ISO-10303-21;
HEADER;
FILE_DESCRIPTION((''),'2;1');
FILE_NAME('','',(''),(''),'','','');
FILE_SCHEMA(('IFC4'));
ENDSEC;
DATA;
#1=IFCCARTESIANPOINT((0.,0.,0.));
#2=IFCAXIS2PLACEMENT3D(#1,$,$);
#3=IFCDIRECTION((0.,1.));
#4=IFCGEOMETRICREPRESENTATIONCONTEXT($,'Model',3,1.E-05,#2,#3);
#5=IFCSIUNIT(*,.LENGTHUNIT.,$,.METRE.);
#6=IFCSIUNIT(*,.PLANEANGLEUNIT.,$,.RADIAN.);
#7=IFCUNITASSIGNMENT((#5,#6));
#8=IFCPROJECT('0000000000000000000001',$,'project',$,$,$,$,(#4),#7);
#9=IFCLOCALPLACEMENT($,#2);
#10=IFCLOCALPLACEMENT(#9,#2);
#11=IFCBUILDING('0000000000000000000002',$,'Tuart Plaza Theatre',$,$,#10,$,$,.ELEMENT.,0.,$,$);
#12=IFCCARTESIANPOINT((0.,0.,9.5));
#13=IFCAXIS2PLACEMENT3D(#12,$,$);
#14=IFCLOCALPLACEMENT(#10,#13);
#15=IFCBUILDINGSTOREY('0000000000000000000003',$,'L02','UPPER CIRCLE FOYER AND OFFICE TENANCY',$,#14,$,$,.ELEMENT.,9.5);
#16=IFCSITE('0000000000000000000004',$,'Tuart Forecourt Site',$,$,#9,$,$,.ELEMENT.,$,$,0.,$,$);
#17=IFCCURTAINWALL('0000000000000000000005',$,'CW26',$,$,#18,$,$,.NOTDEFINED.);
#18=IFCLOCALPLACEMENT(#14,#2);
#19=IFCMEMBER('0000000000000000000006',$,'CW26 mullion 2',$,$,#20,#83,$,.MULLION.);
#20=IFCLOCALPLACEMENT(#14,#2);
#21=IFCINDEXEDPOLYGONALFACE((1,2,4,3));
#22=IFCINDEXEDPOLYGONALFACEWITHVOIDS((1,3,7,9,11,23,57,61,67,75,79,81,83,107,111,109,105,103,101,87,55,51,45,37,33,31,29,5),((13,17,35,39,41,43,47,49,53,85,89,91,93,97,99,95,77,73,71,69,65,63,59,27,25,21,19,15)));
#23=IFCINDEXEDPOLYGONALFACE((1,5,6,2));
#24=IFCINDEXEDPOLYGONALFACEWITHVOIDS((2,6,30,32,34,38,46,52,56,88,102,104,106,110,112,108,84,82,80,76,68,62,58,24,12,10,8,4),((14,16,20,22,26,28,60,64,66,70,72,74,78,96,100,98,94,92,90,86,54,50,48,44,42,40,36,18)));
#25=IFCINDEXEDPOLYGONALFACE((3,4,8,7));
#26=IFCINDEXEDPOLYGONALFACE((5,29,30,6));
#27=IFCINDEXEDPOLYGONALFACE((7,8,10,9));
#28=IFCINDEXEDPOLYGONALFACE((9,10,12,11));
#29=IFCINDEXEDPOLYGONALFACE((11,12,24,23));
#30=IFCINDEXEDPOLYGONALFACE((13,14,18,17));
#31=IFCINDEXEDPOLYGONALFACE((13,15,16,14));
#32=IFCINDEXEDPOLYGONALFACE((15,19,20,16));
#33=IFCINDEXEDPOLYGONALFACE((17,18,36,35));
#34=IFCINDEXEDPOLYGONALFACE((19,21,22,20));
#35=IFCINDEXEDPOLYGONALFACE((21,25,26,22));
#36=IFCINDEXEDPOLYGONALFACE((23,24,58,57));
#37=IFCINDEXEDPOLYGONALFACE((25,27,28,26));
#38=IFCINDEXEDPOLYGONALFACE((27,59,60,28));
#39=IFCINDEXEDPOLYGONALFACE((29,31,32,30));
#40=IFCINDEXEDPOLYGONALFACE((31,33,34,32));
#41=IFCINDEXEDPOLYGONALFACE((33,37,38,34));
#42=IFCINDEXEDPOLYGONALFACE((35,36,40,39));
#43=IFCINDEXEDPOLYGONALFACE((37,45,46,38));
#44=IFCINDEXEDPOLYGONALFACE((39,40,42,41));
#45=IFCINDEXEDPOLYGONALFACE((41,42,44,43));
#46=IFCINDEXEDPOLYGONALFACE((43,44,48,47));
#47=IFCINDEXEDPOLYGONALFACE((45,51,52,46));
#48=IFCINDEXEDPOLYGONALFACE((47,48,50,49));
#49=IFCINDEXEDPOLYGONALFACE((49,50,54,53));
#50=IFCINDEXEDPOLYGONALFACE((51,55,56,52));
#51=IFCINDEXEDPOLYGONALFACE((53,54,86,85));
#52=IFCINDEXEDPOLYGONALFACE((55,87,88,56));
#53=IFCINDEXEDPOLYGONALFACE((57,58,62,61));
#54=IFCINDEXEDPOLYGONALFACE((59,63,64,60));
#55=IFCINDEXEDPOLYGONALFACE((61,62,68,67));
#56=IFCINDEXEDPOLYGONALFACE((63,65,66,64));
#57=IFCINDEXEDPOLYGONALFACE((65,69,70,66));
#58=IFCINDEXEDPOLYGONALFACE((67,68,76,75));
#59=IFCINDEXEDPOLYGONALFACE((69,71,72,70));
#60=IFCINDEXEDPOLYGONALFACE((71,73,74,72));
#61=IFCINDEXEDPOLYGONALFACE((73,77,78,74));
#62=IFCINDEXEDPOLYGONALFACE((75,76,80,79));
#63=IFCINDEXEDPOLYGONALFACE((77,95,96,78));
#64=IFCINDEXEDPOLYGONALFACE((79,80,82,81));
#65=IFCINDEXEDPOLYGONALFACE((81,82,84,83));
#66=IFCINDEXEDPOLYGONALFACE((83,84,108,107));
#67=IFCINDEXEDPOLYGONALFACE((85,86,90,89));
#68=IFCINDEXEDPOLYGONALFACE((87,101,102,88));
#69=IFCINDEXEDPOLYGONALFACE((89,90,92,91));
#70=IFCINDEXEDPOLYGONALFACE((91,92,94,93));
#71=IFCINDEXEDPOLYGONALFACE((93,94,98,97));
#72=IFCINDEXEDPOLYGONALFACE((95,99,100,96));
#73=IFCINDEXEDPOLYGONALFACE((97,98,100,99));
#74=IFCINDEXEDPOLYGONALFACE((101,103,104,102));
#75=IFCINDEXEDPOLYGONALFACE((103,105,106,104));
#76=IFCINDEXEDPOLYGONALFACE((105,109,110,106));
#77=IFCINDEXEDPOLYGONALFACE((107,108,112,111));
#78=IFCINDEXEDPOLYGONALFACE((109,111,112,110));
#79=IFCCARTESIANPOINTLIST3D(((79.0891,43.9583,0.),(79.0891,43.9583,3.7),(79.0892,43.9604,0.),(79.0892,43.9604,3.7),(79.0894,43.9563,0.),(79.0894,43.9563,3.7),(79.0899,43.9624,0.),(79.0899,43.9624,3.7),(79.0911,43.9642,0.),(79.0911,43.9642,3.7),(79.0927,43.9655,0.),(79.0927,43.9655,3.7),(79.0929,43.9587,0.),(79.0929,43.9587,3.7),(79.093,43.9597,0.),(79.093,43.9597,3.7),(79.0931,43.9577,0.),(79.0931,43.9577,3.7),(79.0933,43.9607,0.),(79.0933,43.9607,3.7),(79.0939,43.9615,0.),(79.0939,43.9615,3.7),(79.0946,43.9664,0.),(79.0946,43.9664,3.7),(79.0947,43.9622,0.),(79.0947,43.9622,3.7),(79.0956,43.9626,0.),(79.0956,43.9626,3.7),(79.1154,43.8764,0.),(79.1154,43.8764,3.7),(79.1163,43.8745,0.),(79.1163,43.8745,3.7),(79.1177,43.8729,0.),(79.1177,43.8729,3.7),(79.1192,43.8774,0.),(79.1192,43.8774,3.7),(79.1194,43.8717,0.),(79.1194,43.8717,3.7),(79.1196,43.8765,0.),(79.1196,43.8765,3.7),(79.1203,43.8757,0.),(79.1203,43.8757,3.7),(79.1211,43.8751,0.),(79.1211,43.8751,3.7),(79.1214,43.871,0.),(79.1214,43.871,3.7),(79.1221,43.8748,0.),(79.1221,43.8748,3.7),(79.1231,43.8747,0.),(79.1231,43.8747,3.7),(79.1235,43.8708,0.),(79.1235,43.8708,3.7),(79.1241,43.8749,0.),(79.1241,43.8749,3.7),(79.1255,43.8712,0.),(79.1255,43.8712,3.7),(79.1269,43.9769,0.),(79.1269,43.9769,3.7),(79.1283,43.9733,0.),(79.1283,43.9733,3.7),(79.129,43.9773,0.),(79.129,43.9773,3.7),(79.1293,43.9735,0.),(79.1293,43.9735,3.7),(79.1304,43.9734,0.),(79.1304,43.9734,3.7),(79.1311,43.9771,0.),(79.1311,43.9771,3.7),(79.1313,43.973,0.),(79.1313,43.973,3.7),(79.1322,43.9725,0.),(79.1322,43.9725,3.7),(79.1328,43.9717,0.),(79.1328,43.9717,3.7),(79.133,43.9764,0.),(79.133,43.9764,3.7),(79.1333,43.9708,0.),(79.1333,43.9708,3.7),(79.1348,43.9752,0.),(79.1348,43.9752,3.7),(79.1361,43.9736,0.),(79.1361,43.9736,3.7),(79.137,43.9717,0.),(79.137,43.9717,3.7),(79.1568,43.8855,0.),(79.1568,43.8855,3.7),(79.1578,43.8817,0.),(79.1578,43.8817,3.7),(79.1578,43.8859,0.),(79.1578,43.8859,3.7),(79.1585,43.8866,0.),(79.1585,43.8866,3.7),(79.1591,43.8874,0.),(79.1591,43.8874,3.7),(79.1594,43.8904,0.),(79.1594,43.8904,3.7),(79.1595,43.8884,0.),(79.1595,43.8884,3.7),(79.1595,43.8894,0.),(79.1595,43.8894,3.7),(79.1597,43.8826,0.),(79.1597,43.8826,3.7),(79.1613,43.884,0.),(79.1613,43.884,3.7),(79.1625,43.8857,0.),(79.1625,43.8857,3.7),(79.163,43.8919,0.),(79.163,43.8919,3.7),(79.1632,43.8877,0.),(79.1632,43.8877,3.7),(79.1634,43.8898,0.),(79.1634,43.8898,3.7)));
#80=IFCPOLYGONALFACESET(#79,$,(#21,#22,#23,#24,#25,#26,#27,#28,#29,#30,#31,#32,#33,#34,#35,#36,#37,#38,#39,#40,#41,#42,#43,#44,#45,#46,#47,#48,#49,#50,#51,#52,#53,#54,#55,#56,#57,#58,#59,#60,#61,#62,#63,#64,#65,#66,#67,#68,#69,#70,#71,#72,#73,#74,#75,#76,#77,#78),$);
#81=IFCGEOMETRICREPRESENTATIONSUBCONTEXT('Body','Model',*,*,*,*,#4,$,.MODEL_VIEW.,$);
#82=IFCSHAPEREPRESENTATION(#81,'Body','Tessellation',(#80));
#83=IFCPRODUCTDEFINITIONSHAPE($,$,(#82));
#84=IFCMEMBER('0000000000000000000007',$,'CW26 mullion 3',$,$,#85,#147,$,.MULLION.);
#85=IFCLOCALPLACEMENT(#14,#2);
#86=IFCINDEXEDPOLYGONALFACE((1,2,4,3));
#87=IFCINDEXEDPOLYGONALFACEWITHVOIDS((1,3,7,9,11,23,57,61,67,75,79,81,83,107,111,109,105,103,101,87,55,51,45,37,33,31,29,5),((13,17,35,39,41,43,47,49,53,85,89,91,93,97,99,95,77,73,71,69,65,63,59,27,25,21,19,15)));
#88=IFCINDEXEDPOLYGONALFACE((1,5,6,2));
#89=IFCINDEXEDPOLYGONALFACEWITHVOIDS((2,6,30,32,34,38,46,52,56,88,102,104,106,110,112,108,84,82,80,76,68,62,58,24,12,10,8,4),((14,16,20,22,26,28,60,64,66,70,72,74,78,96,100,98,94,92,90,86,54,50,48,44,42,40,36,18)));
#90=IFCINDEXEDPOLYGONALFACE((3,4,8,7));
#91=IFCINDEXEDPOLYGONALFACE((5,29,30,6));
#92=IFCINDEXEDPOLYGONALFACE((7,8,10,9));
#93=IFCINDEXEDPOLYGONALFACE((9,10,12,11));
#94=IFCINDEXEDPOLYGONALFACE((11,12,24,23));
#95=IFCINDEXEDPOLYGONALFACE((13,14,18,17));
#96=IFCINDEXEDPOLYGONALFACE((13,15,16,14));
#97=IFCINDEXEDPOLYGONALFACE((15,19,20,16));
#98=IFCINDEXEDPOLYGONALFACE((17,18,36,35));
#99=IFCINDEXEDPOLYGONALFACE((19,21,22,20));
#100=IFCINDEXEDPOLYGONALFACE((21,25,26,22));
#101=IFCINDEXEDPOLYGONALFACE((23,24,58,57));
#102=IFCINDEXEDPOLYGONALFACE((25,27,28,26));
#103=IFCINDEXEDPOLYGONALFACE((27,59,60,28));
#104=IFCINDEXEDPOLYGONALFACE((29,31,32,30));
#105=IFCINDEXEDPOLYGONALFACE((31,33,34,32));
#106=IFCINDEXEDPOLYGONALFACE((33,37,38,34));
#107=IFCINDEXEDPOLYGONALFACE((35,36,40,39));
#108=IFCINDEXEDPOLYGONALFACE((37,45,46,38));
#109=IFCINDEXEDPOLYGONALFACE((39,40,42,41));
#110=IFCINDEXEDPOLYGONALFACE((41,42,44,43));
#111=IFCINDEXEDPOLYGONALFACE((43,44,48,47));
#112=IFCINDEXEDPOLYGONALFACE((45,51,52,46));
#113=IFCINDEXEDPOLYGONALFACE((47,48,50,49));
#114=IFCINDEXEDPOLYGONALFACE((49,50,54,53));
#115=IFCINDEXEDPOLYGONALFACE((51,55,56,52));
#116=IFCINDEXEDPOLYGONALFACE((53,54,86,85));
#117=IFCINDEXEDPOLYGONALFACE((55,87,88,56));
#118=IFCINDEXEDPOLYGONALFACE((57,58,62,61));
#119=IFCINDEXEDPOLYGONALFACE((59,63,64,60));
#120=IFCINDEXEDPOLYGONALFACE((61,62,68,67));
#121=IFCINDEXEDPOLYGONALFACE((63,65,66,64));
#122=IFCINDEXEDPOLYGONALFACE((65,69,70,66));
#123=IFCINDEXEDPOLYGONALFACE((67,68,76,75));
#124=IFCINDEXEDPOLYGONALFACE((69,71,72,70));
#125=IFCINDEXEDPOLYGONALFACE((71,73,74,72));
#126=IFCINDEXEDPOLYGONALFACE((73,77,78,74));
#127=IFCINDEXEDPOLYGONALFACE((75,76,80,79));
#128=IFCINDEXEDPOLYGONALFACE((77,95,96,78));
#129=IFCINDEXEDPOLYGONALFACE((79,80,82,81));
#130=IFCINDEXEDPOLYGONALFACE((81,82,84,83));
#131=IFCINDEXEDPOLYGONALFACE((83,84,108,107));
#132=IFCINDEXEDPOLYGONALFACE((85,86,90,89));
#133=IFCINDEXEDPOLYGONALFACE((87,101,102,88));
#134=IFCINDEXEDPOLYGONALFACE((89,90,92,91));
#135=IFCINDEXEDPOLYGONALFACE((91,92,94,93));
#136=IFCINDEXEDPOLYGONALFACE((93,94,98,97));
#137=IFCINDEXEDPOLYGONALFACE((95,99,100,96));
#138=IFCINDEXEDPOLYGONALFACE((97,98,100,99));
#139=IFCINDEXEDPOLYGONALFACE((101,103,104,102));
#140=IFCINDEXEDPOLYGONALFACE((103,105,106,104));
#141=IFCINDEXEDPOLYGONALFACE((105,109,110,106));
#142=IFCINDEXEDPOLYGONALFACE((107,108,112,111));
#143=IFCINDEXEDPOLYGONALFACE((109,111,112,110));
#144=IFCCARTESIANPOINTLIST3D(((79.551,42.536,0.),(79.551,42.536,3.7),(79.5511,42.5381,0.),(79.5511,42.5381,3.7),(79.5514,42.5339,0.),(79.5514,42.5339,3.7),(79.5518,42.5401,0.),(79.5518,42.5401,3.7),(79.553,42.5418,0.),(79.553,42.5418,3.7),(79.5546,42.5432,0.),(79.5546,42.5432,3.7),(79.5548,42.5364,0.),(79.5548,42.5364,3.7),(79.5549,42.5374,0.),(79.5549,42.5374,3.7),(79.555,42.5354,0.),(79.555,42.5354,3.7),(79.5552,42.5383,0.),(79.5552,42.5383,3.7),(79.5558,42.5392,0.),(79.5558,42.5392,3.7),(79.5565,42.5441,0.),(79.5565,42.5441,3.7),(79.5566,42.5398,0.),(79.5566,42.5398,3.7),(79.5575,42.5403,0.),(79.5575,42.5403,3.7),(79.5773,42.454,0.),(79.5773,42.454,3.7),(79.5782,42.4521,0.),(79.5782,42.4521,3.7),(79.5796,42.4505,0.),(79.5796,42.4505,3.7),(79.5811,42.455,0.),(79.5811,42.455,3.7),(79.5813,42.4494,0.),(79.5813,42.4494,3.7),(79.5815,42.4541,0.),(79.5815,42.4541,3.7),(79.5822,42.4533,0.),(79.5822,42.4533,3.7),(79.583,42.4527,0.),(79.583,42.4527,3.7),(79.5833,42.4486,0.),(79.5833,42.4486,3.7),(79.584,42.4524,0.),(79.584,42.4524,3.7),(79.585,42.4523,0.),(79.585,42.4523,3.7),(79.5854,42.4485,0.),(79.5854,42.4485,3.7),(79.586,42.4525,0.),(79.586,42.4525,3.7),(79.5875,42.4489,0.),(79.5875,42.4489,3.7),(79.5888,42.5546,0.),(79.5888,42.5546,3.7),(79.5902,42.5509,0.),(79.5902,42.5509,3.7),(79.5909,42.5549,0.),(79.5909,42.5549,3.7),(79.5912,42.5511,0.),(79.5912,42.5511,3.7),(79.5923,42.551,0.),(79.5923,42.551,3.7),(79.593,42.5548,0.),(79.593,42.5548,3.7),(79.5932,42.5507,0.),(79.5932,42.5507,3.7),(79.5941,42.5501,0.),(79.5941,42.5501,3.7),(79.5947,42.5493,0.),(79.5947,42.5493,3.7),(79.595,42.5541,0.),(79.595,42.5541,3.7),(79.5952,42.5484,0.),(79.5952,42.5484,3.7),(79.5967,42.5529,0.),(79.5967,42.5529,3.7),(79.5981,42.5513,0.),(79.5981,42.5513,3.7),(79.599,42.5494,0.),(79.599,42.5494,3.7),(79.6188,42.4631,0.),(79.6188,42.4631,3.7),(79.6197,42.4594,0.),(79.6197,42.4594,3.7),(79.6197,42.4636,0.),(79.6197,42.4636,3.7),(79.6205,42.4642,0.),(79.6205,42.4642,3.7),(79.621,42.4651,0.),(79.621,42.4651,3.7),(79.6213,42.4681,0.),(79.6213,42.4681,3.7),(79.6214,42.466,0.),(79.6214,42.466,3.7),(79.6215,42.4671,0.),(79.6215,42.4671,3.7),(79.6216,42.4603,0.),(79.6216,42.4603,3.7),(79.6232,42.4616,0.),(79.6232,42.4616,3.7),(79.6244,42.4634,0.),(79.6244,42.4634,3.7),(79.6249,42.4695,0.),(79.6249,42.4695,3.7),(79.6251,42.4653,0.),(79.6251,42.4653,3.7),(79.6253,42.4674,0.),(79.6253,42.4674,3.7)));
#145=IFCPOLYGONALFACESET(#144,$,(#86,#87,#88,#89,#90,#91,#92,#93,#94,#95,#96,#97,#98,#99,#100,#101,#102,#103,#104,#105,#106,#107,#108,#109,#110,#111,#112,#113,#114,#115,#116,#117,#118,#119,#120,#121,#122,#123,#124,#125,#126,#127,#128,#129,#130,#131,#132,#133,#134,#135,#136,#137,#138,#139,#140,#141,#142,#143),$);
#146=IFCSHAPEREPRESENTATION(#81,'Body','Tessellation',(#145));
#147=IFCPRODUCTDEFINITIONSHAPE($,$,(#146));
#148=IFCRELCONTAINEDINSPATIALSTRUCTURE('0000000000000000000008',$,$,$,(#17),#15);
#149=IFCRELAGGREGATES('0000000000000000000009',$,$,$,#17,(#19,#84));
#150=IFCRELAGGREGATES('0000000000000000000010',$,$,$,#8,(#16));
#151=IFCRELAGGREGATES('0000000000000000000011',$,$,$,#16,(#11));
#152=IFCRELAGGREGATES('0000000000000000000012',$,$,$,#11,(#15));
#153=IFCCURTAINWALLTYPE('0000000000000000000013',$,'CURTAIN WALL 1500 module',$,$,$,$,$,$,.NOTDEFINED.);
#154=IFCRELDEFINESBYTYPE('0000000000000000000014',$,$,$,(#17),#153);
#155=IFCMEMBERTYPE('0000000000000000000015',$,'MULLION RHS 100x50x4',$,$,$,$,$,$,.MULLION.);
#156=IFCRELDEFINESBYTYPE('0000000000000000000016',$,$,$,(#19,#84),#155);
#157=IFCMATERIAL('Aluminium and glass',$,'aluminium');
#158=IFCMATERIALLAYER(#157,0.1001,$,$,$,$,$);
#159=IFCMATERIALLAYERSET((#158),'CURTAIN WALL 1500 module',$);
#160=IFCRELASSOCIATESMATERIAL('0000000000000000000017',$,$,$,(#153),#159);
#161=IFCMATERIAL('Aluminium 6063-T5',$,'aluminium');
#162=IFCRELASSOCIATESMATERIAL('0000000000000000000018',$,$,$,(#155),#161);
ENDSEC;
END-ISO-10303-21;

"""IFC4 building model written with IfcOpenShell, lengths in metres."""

from ifc_helpers import new_model, si_unit, direction, frame, origin, origin_2d, place, context, subcontext, project, spatial, hollow_rectangle, extrude, material, layer, layer_set, material_profile, profile_set, type_object, element, aggregate, save


model = new_model("IFC4")

# Units and contexts
model_context = context("Model", 3, precision=1e-05, world=origin(), true_north=direction((0.0, 1.0)))
body_context = subcontext(model_context, "Body", "Model", "MODEL_VIEW")
ifc_project = project(units=[si_unit("LENGTHUNIT", "METRE"), si_unit("PLANEANGLEUNIT", "RADIAN")], contexts=[model_context])

# Site, building, storey
site_placement = place(None, origin())
site = spatial("IfcSite", under=ifc_project, at=site_placement, Name="Tuart Forecourt Site", CompositionType="ELEMENT", RefElevation=0.0)
building_placement = place(site_placement, origin())
building = spatial("IfcBuilding", under=site, at=building_placement, Name="Tuart Plaza Theatre", CompositionType="ELEMENT", ElevationOfRefHeight=0.0)
storey_placement = place(building_placement, frame((0.0, 0.0, 9.5)))
storey = spatial("IfcBuildingStorey", under=building, at=storey_placement, Name="L02", Description="UPPER CIRCLE FOYER AND OFFICE TENANCY", CompositionType="ELEMENT", Elevation=9.5)

# Curtain wall, members
ifc_material_1 = material(Name="Aluminium and glass", Category="aluminium")
ifc_layer_1 = layer(ifc_material_1, 0.1001)
ifc_layer_set_1 = layer_set([ifc_layer_1], Name="CURTAIN WALL 1500 module")
curtain_wall_type = type_object("IfcCurtainWallType", Name="CURTAIN WALL 1500 module", PredefinedType="NOTDEFINED", material=ifc_layer_set_1)
curtain_wall_1_placement = place(storey_placement, origin())
curtain_wall_1 = element("IfcCurtainWall", 1, at=curtain_wall_1_placement, inside=storey, type_object=curtain_wall_type, Name="CW26", PredefinedType="NOTDEFINED")
ifc_material_2 = material(Name="Aluminium 6063-T5", Category="aluminium")
ifc_material_profile_1 = material_profile(ifc_material_2, hollow_rectangle(XDim=0.05, YDim=0.1001, WallThickness=0.0039, InnerFilletRadius=0.0039, OuterFilletRadius=0.0081, at=origin_2d()), Name="RHS 100x50x4")
ifc_profile_set_1 = profile_set([ifc_material_profile_1], Name="Aluminium 6063-T5")
member_type_1 = type_object("IfcMemberType", Name="MULLION RHS 100x50x4", PredefinedType="MULLION", material=ifc_profile_set_1)
member_1_placement = place(storey_placement, frame((79.1262, 43.9241, 0.0), z_axis=(0.0, 0.0, 1.0), x_axis=(0.951056, 0.309018, 0.0)))
member_1 = element("IfcMember", 2, at=member_1_placement, type_object=member_type_1, Name="CW26 mullion 2", PredefinedType="MULLION", context=body_context, shape_type="SweptSolid", body=[
    extrude(hollow_rectangle(XDim=0.05, YDim=0.1001, WallThickness=0.0039, InnerFilletRadius=0.0039, OuterFilletRadius=0.0081, at=origin_2d()), origin(), (0.0, 0.0, 1.0), 3.7),
])
member_2_placement = place(storey_placement, frame((79.5881, 42.5017, 0.0), z_axis=(0.0, 0.0, 1.0), x_axis=(0.951056, 0.309018, 0.0)))
member_2 = element("IfcMember", 3, at=member_2_placement, type_object=member_type_1, Name="CW26 mullion 3", PredefinedType="MULLION", context=body_context, shape_type="SweptSolid", body=[
    extrude(hollow_rectangle(XDim=0.05, YDim=0.1001, WallThickness=0.0039, InnerFilletRadius=0.0039, OuterFilletRadius=0.0081, at=origin_2d()), origin(), (0.0, 0.0, 1.0), 3.7),
])

aggregate(curtain_wall_1, [member_1, member_2])

save(model, "model.ifc")
